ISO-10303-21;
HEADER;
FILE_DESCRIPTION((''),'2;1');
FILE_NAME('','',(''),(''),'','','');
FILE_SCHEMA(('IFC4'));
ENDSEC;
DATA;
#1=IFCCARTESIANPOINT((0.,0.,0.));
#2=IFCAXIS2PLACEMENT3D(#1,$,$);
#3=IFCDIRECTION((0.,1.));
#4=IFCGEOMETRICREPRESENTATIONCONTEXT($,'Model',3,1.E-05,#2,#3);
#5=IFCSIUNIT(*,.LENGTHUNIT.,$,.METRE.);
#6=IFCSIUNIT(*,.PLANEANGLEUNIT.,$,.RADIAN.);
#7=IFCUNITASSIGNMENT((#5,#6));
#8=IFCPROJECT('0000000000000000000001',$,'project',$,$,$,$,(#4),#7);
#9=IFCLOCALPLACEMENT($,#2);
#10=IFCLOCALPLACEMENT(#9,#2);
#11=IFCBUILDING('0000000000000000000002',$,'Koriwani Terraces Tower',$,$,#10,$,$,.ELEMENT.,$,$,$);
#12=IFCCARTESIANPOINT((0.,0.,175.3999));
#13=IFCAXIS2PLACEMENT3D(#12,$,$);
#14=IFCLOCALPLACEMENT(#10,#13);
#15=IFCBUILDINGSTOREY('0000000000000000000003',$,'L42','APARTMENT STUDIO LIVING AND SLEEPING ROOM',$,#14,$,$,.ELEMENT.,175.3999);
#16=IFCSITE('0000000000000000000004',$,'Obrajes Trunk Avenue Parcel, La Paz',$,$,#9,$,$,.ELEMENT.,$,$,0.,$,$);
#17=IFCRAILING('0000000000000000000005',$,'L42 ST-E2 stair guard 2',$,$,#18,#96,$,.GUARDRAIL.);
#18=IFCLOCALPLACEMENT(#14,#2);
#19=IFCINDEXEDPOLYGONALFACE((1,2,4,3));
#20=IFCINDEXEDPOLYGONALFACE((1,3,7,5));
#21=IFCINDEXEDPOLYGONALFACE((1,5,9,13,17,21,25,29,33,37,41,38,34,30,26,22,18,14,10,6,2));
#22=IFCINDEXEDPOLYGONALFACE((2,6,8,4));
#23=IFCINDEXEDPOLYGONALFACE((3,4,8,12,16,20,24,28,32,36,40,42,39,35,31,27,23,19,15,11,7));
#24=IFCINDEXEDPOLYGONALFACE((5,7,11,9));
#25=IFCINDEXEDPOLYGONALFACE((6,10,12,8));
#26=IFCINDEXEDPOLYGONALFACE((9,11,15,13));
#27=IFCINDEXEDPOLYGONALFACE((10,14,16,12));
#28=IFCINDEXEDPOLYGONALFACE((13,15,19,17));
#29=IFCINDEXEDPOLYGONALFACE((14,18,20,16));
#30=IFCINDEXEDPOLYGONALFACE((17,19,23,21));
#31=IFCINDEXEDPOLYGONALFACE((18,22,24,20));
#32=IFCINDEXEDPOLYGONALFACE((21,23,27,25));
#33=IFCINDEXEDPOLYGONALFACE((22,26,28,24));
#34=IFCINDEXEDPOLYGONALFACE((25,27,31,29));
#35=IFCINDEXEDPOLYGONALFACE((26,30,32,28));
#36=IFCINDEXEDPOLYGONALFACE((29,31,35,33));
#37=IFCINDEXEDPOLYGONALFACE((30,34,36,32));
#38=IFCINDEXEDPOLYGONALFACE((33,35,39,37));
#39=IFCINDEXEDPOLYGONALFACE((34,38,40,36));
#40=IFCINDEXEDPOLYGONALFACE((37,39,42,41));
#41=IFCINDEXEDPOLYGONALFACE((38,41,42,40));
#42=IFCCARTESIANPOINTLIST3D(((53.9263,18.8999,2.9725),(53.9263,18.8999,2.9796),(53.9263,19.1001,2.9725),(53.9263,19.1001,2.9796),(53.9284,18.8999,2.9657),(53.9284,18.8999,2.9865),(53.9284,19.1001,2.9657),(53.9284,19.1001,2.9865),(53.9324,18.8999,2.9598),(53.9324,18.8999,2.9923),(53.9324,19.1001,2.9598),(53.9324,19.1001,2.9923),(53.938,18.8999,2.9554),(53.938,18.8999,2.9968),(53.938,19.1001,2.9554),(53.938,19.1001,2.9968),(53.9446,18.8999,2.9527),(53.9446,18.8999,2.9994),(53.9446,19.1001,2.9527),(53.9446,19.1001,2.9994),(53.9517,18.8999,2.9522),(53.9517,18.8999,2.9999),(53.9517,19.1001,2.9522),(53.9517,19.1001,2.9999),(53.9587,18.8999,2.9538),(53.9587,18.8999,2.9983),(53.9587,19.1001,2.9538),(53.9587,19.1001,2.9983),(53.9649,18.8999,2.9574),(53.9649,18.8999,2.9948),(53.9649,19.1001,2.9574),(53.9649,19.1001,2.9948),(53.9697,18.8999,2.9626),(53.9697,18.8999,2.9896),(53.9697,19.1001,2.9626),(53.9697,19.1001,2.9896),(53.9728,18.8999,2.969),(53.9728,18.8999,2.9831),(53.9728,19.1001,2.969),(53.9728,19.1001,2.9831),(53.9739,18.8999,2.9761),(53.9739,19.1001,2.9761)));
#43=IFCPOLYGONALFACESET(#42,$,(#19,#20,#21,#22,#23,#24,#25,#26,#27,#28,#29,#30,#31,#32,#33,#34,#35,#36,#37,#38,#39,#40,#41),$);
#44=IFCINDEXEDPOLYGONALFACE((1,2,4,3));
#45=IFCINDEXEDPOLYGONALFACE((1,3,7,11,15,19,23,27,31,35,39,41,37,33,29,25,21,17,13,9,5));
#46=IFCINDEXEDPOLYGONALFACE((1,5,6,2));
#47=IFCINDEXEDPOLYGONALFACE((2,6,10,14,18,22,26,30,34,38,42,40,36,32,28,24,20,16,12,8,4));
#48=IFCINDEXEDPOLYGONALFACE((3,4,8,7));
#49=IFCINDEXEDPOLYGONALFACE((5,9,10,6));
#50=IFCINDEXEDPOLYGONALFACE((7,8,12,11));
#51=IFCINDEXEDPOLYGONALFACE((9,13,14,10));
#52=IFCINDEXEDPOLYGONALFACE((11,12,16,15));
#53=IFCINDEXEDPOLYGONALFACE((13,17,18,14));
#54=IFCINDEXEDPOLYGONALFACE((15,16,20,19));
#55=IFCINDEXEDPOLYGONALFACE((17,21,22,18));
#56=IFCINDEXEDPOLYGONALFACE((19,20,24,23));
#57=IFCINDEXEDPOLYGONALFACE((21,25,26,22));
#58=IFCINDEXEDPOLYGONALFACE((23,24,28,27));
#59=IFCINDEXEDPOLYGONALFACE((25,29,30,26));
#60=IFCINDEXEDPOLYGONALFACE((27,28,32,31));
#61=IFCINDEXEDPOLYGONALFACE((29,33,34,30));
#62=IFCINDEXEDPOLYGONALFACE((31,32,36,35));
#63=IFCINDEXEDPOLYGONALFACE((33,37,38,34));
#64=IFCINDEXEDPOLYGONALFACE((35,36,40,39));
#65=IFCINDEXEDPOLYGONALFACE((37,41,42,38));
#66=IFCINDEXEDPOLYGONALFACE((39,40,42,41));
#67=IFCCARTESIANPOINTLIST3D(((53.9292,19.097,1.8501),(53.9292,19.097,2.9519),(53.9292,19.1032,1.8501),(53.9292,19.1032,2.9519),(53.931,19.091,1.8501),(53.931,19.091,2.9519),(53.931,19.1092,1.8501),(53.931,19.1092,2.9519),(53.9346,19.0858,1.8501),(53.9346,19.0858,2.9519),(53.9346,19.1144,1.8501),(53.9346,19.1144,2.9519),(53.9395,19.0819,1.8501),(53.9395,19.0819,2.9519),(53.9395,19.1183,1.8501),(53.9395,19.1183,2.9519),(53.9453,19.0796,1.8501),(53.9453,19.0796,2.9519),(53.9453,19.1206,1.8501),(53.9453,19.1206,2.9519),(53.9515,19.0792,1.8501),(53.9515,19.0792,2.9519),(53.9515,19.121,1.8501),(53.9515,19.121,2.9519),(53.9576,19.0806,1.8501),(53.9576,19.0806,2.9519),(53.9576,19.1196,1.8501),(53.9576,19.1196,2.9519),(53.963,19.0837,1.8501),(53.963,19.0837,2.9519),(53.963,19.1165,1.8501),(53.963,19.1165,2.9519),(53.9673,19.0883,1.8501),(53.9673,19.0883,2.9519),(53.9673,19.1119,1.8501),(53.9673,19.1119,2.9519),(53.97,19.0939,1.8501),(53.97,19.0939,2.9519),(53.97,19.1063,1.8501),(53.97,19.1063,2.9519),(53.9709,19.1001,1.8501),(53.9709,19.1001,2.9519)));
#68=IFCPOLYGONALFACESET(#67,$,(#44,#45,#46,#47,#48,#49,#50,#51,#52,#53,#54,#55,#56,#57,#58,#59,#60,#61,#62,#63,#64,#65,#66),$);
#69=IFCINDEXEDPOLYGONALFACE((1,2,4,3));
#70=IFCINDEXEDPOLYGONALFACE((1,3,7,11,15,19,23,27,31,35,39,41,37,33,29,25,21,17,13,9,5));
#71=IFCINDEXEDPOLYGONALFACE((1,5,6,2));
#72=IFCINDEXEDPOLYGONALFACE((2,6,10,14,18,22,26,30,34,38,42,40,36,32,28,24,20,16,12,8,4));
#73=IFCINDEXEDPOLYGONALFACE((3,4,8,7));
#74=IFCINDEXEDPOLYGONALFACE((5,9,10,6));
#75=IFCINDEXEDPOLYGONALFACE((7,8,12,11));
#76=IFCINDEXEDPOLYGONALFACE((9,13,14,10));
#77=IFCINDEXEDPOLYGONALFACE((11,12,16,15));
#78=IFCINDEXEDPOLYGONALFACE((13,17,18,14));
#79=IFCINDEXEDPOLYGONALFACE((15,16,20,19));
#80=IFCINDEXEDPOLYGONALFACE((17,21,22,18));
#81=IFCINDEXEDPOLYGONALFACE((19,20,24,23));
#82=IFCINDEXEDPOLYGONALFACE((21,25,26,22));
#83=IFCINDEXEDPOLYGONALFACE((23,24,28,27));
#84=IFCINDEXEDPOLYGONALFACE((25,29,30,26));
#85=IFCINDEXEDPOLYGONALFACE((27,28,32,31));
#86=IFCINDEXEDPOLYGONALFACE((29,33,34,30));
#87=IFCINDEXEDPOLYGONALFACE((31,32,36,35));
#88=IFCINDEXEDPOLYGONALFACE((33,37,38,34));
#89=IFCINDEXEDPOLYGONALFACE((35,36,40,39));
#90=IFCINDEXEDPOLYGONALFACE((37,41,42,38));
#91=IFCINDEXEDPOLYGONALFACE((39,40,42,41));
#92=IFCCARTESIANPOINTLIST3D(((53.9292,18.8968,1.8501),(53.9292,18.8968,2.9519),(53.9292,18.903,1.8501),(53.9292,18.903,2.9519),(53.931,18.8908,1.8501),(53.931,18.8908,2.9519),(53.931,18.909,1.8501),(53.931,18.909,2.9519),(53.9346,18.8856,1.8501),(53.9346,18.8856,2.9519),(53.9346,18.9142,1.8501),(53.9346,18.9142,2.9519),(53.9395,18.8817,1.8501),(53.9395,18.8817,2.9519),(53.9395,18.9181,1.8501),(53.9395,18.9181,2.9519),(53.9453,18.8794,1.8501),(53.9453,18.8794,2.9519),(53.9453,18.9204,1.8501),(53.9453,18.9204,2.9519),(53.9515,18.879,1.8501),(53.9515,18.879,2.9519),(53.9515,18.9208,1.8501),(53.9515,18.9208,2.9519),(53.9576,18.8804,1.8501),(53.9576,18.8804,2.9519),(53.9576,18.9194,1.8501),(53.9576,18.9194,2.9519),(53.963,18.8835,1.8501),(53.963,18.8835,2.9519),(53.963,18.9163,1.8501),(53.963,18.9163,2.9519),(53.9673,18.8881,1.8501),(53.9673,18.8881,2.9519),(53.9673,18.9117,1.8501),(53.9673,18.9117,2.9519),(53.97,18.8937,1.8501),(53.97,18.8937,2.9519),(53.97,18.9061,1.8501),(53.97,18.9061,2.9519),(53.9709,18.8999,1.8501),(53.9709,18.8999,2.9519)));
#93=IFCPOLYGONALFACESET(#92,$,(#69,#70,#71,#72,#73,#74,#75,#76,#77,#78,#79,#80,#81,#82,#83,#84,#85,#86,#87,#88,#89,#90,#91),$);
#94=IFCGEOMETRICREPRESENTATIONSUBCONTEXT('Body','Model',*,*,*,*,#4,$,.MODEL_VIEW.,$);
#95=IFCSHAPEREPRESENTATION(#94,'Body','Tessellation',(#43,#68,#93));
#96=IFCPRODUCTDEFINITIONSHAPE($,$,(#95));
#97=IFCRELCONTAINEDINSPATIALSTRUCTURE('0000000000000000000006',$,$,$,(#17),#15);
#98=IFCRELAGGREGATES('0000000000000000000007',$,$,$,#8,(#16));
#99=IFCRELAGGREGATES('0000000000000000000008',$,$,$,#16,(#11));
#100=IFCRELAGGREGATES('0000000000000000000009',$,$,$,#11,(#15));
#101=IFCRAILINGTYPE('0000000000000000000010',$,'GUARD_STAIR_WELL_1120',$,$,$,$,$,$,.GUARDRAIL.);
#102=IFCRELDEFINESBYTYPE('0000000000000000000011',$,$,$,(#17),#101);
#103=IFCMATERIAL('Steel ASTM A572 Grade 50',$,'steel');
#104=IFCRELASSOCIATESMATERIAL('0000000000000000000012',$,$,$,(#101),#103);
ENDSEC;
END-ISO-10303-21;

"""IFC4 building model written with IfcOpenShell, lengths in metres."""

from ifc_helpers import new_model, si_unit, direction, frame, origin, origin_2d, place, context, subcontext, project, spatial, circle, extrude, material, type_object, element, save


model = new_model("IFC4")

# Units and contexts
model_context = context("Model", 3, precision=1e-05, world=origin(), true_north=direction((0.0, 1.0)))
body_context = subcontext(model_context, "Body", "Model", "MODEL_VIEW")
ifc_project = project(units=[si_unit("LENGTHUNIT", "METRE"), si_unit("PLANEANGLEUNIT", "RADIAN")], contexts=[model_context])

# Site, building, storey
site_placement = place(None, origin())
site = spatial("IfcSite", under=ifc_project, at=site_placement, Name="Obrajes Trunk Avenue Parcel, La Paz", CompositionType="ELEMENT", RefElevation=0.0)
building_placement = place(site_placement, origin())
building = spatial("IfcBuilding", under=site, at=building_placement, Name="Koriwani Terraces Tower", CompositionType="ELEMENT")
storey_placement = place(building_placement, frame((0.0, 0.0, 175.3999)))
storey = spatial("IfcBuildingStorey", under=building, at=storey_placement, Name="L42", Description="APARTMENT STUDIO LIVING AND SLEEPING ROOM", CompositionType="ELEMENT", Elevation=175.3999)

# Shared definitions
ifc_material_1 = material(Name="Steel ASTM A572 Grade 50", Category="steel")

# Railing
railing_type_1 = type_object("IfcRailingType", Name="GUARD_STAIR_WELL_1120", PredefinedType="GUARDRAIL", material=ifc_material_1)
railing_1_placement = place(storey_placement, frame((53.95, 19.1001, 1.8501)))
element("IfcRailing", 1, at=railing_1_placement, inside=storey, type_object=railing_type_1, Name="L42 ST-E2 stair guard 2", PredefinedType="GUARDRAIL", context=body_context, shape_type="SweptSolid", body=[
    extrude(circle(Radius=0.0239, at=origin_2d()), frame((0.0, 0.0, 1.126), z_axis=(0.0, -1.0, 0.0), x_axis=(1.0, 0.0, 0.0)), (0.0, 0.0, 1.0), 0.2002),
    extrude(circle(Radius=0.021, at=origin_2d()), origin(), (0.0, 0.0, 1.0), 1.1018),
    extrude(circle(Radius=0.021, at=origin_2d()), frame((0.0, -0.2002, 0.0)), (0.0, 0.0, 1.0), 1.1018),
])

save(model, "model.ifc")
